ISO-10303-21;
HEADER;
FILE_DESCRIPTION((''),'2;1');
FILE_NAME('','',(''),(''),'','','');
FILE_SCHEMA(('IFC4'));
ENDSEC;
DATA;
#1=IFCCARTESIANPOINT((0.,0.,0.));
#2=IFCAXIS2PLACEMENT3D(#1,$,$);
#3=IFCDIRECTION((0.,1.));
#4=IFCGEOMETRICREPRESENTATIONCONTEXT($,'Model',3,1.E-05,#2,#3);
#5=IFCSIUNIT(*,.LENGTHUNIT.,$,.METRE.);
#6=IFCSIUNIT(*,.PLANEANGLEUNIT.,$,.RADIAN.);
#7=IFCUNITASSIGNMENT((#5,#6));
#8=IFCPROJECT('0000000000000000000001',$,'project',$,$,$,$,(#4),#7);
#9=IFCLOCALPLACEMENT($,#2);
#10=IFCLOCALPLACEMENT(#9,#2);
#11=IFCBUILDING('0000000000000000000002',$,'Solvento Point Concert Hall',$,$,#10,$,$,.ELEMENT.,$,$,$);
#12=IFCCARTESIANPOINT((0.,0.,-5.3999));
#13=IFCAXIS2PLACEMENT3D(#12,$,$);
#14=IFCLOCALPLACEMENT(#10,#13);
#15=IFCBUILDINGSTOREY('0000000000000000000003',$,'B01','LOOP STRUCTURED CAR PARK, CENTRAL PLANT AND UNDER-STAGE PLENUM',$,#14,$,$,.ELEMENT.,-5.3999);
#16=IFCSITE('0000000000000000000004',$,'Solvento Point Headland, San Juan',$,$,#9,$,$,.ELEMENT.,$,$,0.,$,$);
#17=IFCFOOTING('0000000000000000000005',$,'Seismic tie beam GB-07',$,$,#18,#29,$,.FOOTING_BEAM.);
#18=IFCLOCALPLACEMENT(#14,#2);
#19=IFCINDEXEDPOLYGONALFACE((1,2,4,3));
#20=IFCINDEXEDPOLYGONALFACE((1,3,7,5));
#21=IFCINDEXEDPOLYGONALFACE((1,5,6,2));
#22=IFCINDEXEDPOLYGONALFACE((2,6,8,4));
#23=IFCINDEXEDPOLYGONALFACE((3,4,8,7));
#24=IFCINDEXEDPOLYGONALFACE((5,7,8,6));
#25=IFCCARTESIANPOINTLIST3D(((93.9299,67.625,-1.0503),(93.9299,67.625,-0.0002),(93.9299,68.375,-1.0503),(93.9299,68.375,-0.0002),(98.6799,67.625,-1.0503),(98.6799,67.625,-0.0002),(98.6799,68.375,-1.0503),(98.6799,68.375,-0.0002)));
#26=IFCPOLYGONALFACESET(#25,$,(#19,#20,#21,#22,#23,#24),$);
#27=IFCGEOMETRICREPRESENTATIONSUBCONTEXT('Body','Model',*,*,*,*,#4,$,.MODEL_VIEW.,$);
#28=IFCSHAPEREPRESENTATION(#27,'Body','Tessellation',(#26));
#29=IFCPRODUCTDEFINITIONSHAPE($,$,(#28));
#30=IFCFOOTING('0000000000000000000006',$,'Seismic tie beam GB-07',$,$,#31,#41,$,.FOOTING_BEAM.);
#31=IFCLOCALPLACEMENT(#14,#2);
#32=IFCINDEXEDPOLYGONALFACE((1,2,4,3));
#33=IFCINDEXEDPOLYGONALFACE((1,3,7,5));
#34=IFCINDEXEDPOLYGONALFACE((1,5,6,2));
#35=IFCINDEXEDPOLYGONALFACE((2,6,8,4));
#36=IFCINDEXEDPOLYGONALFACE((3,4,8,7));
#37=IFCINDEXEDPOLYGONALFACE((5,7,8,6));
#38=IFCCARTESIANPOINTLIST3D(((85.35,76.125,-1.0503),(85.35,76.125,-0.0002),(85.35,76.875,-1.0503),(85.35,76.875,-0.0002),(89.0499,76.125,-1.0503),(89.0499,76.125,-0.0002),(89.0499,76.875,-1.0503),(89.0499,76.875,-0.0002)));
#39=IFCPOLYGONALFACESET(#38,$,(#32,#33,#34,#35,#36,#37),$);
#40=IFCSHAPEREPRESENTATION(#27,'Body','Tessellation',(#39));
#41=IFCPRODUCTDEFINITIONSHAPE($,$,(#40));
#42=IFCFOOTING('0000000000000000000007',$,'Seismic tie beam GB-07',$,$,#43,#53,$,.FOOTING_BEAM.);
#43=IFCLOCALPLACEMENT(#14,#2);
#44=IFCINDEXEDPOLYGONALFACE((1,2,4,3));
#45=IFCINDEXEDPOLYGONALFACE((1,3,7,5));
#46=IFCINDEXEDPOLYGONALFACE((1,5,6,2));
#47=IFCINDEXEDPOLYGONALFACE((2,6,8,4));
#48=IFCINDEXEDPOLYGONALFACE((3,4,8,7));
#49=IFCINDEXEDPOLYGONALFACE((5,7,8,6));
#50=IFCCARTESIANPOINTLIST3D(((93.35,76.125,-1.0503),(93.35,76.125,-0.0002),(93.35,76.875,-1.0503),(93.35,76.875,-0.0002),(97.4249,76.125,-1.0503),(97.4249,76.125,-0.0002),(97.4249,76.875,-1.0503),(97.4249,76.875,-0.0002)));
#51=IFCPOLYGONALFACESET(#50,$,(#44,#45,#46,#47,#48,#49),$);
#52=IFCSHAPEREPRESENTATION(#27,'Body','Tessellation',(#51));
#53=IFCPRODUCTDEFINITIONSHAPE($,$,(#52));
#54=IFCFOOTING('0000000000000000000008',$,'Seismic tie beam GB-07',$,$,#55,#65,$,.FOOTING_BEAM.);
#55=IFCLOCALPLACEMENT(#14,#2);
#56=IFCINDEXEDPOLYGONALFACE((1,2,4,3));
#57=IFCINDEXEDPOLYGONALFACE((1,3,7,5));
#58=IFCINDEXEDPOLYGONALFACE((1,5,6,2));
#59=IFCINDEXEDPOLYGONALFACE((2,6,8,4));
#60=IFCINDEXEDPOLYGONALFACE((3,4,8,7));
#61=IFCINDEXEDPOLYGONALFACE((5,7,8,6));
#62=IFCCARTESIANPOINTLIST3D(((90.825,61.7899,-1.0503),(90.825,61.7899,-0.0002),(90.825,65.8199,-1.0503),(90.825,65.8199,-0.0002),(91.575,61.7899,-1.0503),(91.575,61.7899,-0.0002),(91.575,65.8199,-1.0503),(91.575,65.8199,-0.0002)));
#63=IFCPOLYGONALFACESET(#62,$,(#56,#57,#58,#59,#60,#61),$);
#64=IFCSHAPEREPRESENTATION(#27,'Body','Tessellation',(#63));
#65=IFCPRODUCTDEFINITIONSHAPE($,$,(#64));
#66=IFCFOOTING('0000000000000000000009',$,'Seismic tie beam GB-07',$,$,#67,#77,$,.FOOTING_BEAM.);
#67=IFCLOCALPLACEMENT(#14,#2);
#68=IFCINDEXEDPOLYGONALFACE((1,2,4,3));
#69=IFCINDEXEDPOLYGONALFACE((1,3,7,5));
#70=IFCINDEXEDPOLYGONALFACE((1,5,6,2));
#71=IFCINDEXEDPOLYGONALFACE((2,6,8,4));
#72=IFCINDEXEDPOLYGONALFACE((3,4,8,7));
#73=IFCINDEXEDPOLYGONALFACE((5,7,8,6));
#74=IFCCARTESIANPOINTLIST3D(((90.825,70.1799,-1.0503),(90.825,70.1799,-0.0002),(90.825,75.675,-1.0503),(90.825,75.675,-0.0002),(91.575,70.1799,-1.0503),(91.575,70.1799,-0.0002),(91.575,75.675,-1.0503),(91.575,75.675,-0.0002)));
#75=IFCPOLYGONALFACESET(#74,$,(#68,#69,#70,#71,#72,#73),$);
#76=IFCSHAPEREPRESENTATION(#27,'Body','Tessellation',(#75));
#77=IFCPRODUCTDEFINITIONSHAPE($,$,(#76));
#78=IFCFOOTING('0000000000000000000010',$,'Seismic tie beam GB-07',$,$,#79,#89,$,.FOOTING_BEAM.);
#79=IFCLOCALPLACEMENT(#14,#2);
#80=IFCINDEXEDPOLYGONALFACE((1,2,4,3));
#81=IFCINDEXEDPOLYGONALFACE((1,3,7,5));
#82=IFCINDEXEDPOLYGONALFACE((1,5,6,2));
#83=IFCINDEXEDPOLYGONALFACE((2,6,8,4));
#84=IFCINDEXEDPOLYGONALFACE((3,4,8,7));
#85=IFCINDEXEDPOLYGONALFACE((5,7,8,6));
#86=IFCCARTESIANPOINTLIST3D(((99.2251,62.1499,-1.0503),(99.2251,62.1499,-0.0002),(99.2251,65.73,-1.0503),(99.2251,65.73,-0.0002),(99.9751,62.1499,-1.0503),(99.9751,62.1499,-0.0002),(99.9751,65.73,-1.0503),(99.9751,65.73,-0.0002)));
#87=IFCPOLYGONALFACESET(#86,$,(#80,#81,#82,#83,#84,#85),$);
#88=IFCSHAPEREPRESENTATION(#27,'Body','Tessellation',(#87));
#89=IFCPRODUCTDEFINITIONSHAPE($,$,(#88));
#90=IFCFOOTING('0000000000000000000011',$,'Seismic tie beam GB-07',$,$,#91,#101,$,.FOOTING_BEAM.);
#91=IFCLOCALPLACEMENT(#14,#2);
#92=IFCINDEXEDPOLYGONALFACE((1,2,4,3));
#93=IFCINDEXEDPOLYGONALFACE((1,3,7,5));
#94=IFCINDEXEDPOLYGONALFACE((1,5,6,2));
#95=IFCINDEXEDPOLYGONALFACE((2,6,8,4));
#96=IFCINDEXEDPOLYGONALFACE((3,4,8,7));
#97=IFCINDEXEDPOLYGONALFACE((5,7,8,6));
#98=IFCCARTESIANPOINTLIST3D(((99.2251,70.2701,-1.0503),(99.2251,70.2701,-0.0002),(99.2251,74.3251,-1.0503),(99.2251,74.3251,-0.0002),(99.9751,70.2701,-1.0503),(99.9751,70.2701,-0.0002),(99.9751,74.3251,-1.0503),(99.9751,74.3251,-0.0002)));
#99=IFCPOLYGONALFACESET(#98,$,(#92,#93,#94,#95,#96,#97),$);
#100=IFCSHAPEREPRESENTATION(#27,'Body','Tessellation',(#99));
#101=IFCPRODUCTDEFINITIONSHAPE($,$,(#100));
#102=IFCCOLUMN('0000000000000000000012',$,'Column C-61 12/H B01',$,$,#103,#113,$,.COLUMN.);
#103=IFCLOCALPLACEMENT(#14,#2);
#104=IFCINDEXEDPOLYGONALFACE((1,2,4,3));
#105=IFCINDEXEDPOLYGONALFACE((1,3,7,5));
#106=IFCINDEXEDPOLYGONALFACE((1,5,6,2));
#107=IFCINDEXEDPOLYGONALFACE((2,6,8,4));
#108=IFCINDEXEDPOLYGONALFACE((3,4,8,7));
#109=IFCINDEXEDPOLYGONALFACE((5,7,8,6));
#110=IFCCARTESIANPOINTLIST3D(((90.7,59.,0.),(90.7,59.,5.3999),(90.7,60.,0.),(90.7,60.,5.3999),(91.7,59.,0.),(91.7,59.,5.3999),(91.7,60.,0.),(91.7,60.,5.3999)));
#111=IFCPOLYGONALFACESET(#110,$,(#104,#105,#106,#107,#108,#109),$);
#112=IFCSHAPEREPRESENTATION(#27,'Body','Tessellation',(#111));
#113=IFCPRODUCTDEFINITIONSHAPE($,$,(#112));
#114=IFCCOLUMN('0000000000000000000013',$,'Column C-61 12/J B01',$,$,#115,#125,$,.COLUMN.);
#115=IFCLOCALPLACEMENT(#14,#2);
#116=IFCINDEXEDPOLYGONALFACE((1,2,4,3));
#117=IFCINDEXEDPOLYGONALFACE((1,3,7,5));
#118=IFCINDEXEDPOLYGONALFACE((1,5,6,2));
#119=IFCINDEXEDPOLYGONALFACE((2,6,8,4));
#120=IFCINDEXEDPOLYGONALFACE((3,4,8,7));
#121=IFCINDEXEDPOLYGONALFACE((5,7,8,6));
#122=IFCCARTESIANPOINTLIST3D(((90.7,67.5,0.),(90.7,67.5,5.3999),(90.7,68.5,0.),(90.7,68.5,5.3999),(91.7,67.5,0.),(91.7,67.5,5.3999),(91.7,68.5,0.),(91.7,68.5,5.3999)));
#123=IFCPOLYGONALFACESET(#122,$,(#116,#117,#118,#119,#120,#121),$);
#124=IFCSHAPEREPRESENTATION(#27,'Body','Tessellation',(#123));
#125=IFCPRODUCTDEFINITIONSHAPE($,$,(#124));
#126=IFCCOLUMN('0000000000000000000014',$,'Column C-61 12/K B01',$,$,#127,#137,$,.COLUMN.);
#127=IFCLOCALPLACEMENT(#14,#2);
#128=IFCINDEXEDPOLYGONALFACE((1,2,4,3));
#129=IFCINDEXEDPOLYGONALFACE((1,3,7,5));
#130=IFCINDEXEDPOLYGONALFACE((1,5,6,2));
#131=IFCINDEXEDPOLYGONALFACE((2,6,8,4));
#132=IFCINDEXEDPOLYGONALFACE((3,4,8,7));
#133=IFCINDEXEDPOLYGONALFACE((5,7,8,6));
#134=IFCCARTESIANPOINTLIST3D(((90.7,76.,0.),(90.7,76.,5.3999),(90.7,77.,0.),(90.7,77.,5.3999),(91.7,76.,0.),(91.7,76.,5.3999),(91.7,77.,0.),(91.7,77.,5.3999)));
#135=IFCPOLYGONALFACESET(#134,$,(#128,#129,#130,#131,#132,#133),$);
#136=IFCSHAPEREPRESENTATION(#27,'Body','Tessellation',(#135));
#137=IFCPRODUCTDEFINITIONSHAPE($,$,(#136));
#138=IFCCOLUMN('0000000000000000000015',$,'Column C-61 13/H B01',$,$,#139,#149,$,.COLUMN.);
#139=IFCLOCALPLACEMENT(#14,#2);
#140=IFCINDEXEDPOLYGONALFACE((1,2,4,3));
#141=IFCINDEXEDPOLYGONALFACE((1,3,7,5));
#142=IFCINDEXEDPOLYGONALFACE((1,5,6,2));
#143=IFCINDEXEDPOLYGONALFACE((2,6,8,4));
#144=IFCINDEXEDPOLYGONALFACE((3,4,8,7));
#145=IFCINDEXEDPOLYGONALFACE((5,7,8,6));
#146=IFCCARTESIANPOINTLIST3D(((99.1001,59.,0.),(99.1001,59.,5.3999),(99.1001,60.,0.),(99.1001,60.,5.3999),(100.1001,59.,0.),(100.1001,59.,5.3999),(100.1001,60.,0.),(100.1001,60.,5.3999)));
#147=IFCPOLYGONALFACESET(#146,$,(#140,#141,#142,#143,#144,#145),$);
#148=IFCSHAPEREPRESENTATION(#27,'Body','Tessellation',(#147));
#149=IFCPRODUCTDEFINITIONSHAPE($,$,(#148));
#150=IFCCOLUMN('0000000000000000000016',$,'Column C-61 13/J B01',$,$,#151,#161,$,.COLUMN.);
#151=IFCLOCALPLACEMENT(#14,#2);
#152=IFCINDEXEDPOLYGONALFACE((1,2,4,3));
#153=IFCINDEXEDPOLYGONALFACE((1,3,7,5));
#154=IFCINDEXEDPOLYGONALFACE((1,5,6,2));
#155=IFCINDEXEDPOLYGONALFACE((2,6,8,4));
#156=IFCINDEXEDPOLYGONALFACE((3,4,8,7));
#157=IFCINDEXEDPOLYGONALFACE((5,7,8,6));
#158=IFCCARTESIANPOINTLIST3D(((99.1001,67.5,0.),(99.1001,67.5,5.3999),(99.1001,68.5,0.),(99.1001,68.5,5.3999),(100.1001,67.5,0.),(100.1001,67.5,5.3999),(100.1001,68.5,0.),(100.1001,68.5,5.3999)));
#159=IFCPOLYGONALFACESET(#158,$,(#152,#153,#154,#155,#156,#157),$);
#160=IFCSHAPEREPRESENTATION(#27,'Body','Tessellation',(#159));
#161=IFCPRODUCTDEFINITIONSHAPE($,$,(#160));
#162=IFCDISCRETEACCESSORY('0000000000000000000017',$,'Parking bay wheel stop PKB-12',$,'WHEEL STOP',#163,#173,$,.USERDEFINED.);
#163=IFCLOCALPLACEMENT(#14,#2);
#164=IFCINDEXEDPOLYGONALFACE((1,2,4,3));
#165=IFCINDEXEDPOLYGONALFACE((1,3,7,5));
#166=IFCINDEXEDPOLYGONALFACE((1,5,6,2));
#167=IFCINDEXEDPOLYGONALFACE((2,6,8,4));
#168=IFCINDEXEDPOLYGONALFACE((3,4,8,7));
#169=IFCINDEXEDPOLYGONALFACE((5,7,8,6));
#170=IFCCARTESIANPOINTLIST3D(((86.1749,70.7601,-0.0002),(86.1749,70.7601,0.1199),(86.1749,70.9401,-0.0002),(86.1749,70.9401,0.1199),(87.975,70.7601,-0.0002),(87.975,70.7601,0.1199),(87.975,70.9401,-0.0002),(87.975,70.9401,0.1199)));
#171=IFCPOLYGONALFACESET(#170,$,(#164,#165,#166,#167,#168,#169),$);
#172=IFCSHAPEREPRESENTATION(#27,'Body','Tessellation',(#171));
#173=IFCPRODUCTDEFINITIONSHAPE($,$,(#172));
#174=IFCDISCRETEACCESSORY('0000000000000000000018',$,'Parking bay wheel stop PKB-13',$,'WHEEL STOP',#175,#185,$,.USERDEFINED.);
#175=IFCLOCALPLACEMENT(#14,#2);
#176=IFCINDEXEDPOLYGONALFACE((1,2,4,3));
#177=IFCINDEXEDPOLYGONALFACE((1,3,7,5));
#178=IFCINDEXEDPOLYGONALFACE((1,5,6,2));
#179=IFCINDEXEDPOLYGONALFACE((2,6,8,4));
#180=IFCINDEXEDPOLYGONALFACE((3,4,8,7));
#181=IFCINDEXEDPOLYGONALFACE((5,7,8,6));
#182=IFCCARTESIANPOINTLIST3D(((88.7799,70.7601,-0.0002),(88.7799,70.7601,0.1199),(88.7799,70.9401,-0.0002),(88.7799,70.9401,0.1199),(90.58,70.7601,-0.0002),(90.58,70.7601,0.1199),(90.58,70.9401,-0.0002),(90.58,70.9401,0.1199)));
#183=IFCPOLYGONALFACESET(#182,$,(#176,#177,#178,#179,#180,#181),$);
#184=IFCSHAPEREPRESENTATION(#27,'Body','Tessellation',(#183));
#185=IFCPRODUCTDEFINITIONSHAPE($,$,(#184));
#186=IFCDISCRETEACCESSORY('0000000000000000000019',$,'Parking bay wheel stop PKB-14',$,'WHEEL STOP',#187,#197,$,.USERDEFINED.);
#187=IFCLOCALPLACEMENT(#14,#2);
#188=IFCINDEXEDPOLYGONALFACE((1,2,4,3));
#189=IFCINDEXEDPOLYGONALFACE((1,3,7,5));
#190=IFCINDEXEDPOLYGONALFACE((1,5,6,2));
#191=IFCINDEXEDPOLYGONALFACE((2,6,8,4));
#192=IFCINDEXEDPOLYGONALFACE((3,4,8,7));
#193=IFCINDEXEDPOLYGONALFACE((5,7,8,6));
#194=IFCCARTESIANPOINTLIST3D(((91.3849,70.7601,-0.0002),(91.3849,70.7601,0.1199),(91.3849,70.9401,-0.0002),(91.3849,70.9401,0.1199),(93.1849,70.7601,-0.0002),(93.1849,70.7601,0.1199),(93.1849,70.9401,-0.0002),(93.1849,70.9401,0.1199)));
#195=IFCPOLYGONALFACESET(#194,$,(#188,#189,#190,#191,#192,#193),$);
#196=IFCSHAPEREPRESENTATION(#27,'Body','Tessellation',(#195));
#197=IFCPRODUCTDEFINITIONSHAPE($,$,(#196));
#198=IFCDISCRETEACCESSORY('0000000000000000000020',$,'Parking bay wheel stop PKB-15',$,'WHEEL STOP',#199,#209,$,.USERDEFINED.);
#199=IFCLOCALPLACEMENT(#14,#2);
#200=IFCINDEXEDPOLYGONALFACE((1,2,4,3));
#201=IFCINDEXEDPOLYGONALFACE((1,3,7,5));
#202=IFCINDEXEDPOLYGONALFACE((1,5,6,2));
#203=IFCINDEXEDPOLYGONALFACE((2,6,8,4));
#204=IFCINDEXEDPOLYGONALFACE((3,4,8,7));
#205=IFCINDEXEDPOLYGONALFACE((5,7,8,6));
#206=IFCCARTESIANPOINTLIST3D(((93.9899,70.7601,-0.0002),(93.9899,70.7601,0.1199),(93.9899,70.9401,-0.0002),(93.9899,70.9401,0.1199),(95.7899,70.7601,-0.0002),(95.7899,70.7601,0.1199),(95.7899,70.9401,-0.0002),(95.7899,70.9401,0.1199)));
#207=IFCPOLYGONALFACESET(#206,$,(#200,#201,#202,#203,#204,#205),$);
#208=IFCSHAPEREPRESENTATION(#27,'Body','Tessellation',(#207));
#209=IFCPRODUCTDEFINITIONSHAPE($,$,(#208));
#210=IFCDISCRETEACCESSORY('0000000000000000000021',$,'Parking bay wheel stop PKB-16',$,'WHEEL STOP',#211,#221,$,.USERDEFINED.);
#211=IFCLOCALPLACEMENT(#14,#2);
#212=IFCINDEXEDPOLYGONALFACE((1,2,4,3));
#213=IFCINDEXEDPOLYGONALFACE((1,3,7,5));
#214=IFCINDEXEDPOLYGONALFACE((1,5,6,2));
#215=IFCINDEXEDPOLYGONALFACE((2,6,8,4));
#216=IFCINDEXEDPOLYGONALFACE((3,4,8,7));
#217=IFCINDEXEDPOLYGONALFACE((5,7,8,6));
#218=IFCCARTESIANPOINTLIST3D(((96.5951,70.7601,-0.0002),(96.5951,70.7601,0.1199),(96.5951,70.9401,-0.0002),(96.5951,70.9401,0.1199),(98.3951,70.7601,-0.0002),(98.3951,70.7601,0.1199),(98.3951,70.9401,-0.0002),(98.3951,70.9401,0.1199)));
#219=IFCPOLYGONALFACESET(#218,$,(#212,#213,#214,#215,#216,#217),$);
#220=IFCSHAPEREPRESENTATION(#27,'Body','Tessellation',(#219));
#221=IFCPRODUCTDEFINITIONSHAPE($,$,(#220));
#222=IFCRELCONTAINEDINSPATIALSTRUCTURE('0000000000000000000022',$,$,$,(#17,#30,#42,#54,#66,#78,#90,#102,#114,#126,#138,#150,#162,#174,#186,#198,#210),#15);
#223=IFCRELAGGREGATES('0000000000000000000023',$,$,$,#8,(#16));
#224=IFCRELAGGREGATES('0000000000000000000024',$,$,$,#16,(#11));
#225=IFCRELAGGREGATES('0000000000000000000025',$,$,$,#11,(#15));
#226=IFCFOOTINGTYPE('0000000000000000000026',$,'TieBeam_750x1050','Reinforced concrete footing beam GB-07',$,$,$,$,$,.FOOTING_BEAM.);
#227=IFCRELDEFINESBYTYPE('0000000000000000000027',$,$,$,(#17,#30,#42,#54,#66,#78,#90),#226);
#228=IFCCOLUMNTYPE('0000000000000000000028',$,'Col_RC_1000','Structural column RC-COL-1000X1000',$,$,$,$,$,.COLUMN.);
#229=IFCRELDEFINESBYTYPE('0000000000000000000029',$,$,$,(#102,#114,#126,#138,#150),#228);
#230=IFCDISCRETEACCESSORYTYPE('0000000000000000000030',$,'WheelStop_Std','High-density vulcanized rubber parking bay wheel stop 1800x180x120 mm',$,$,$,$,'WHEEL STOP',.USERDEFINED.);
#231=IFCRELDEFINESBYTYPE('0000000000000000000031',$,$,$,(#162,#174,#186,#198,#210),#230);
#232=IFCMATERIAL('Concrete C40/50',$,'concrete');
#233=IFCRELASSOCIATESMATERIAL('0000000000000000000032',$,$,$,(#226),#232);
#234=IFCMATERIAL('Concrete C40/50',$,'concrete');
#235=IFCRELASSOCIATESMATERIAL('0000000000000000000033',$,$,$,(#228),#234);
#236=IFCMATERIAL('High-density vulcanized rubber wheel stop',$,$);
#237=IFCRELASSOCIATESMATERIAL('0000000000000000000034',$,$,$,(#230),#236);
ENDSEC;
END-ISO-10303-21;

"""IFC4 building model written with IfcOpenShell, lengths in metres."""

from ifc_helpers import new_model, si_unit, direction, frame, origin, origin_2d, place, context, subcontext, project, spatial, rectangle, extrude, material, material_profile, profile_set, type_object, element, save


model = new_model("IFC4")

# Units and contexts
model_context = context("Model", 3, precision=1e-05, world=origin(), true_north=direction((0.0, 1.0)))
body_context = subcontext(model_context, "Body", "Model", "MODEL_VIEW")
ifc_project = project(units=[si_unit("LENGTHUNIT", "METRE"), si_unit("PLANEANGLEUNIT", "RADIAN")], contexts=[model_context])

# Site, building, storey
site_placement = place(None, origin())
site = spatial("IfcSite", under=ifc_project, at=site_placement, Name="Solvento Point Headland, San Juan", CompositionType="ELEMENT", RefElevation=0.0)
building_placement = place(site_placement, origin())
building = spatial("IfcBuilding", under=site, at=building_placement, Name="Solvento Point Concert Hall", CompositionType="ELEMENT")
storey_placement = place(building_placement, frame((0.0, 0.0, -5.3999)))
storey = spatial("IfcBuildingStorey", under=building, at=storey_placement, Name="B01", Description="LOOP STRUCTURED CAR PARK, CENTRAL PLANT AND UNDER-STAGE PLENUM", CompositionType="ELEMENT", Elevation=-5.3999)

# Footings
ifc_material_1 = material(Name="Concrete C40/50", Category="concrete")
footing_type_1 = type_object("IfcFootingType", Name="TieBeam_750x1050", Description="Reinforced concrete footing beam GB-07", PredefinedType="FOOTING_BEAM", material=ifc_material_1)
footing_1_placement = place(storey_placement, frame((96.3049, 68.0, -1.0503), z_axis=(0.0, 0.0, 1.0), x_axis=(1.0, 0.0, 0.0)))
element("IfcFooting", 1, at=footing_1_placement, inside=storey, type_object=footing_type_1, Name="Seismic tie beam GB-07", PredefinedType="FOOTING_BEAM", context=body_context, shape_type="SweptSolid", body=[
    extrude(rectangle(XDim=4.75, YDim=0.75, at=origin_2d()), origin(), (0.0, 0.0, 1.0), 1.05),
])
footing_2_placement = place(storey_placement, frame((87.2, 76.5, -1.0503), z_axis=(0.0, 0.0, 1.0), x_axis=(1.0, 0.0, 0.0)))
element("IfcFooting", 2, at=footing_2_placement, inside=storey, type_object=footing_type_1, Name="Seismic tie beam GB-07", PredefinedType="FOOTING_BEAM", context=body_context, shape_type="SweptSolid", body=[
    extrude(rectangle(XDim=3.7, YDim=0.75, at=origin_2d()), origin(), (0.0, 0.0, 1.0), 1.05),
])
footing_3_placement = place(storey_placement, frame((95.3875, 76.5, -1.0503), z_axis=(0.0, 0.0, 1.0), x_axis=(1.0, 0.0, 0.0)))
element("IfcFooting", 3, at=footing_3_placement, inside=storey, type_object=footing_type_1, Name="Seismic tie beam GB-07", PredefinedType="FOOTING_BEAM", context=body_context, shape_type="SweptSolid", body=[
    extrude(rectangle(XDim=4.075, YDim=0.75, at=origin_2d()), origin(), (0.0, 0.0, 1.0), 1.05),
])
footing_4_placement = place(storey_placement, frame((91.2, 63.8049, -1.0503), z_axis=(0.0, 0.0, 1.0), x_axis=(0.0, 1.0, 0.0)))
element("IfcFooting", 4, at=footing_4_placement, inside=storey, type_object=footing_type_1, Name="Seismic tie beam GB-07", PredefinedType="FOOTING_BEAM", context=body_context, shape_type="SweptSolid", body=[
    extrude(rectangle(XDim=4.03, YDim=0.75, at=origin_2d()), origin(), (0.0, 0.0, 1.0), 1.05),
])
footing_5_placement = place(storey_placement, frame((91.2, 72.9275, -1.0503), z_axis=(0.0, 0.0, 1.0), x_axis=(0.0, 1.0, 0.0)))
element("IfcFooting", 5, at=footing_5_placement, inside=storey, type_object=footing_type_1, Name="Seismic tie beam GB-07", PredefinedType="FOOTING_BEAM", context=body_context, shape_type="SweptSolid", body=[
    extrude(rectangle(XDim=5.4951, YDim=0.75, at=origin_2d()), origin(), (0.0, 0.0, 1.0), 1.05),
])
footing_6_placement = place(storey_placement, frame((99.6001, 63.9399, -1.0503), z_axis=(0.0, 0.0, 1.0), x_axis=(0.0, 1.0, 0.0)))
element("IfcFooting", 6, at=footing_6_placement, inside=storey, type_object=footing_type_1, Name="Seismic tie beam GB-07", PredefinedType="FOOTING_BEAM", context=body_context, shape_type="SweptSolid", body=[
    extrude(rectangle(XDim=3.5801, YDim=0.75, at=origin_2d()), origin(), (0.0, 0.0, 1.0), 1.05),
])
footing_7_placement = place(storey_placement, frame((99.6001, 72.2976, -1.0503), z_axis=(0.0, 0.0, 1.0), x_axis=(0.0, 1.0, 0.0)))
element("IfcFooting", 7, at=footing_7_placement, inside=storey, type_object=footing_type_1, Name="Seismic tie beam GB-07", PredefinedType="FOOTING_BEAM", context=body_context, shape_type="SweptSolid", body=[
    extrude(rectangle(XDim=4.0549, YDim=0.75, at=origin_2d()), origin(), (0.0, 0.0, 1.0), 1.05),
])

# Columns
ifc_material_2 = material(Name="Concrete C40/50", Category="concrete")
ifc_material_profile_1 = material_profile(ifc_material_2, rectangle(XDim=1.0, YDim=1.0, at=origin_2d()), Name="RC-COL-1000X1000")
ifc_profile_set_1 = profile_set([ifc_material_profile_1], Name="Concrete C40/50")
column_type = type_object("IfcColumnType", Name="Col_RC_1000", Description="Structural column RC-COL-1000X1000", PredefinedType="COLUMN", material=ifc_profile_set_1)
for number, where, z_axis, x_axis, name in (
    (8, (91.2, 59.5, 0.0), (0.0, 0.0, 1.0), (1.0, 0.0, 0.0), "Column C-61 12/H B01"),
    (9, (91.2, 68.0, 0.0), (0.0, 0.0, 1.0), (1.0, 0.0, 0.0), "Column C-61 12/J B01"),
    (10, (91.2, 76.5, 0.0), (0.0, 0.0, 1.0), (1.0, 0.0, 0.0), "Column C-61 12/K B01"),
    (11, (99.6001, 59.5, 0.0), (0.0, 0.0, 1.0), (1.0, 0.0, 0.0), "Column C-61 13/H B01"),
    (12, (99.6001, 68.0, 0.0), (0.0, 0.0, 1.0), (1.0, 0.0, 0.0), "Column C-61 13/J B01"),
):
    element("IfcColumn", number, at=place(storey_placement, frame(where, z_axis=z_axis, x_axis=x_axis)), inside=storey, type_object=column_type, Name=name, PredefinedType="COLUMN", context=body_context, shape_type="SweptSolid", body=[
        extrude(rectangle(XDim=1.0, YDim=1.0, at=origin_2d()), origin(), (0.0, 0.0, 1.0), 5.3999),
    ])

# Discrete accessories
ifc_material_3 = material(Name="High-density vulcanized rubber wheel stop")
discrete_accessory_type = type_object("IfcDiscreteAccessoryType", Name="WheelStop_Std", Description="High-density vulcanized rubber parking bay wheel stop 1800x180x120 mm", ElementType="WHEEL STOP", PredefinedType="USERDEFINED", material=ifc_material_3)
for number, where, z_axis, x_axis, name in (
    (13, (87.075, 70.8501, -0.0002), (0.0, 0.0, 1.0), (1.0, 0.0, 0.0), "Parking bay wheel stop PKB-12"),
    (14, (89.6799, 70.8501, -0.0002), (0.0, 0.0, 1.0), (1.0, 0.0, 0.0), "Parking bay wheel stop PKB-13"),
    (15, (92.2849, 70.8501, -0.0002), (0.0, 0.0, 1.0), (1.0, 0.0, 0.0), "Parking bay wheel stop PKB-14"),
    (16, (94.8899, 70.8501, -0.0002), (0.0, 0.0, 1.0), (1.0, 0.0, 0.0), "Parking bay wheel stop PKB-15"),
    (17, (97.4951, 70.8501, -0.0002), (0.0, 0.0, 1.0), (1.0, 0.0, 0.0), "Parking bay wheel stop PKB-16"),
):
    element("IfcDiscreteAccessory", number, at=place(storey_placement, frame(where, z_axis=z_axis, x_axis=x_axis)), inside=storey, type_object=discrete_accessory_type, Name=name, ObjectType="WHEEL STOP", PredefinedType="USERDEFINED", context=body_context, shape_type="SweptSolid", body=[
        extrude(rectangle(XDim=1.8, YDim=0.1799, at=origin_2d()), origin(), (0.0, 0.0, 1.0), 0.1201),
    ])

save(model, "model.ifc")
